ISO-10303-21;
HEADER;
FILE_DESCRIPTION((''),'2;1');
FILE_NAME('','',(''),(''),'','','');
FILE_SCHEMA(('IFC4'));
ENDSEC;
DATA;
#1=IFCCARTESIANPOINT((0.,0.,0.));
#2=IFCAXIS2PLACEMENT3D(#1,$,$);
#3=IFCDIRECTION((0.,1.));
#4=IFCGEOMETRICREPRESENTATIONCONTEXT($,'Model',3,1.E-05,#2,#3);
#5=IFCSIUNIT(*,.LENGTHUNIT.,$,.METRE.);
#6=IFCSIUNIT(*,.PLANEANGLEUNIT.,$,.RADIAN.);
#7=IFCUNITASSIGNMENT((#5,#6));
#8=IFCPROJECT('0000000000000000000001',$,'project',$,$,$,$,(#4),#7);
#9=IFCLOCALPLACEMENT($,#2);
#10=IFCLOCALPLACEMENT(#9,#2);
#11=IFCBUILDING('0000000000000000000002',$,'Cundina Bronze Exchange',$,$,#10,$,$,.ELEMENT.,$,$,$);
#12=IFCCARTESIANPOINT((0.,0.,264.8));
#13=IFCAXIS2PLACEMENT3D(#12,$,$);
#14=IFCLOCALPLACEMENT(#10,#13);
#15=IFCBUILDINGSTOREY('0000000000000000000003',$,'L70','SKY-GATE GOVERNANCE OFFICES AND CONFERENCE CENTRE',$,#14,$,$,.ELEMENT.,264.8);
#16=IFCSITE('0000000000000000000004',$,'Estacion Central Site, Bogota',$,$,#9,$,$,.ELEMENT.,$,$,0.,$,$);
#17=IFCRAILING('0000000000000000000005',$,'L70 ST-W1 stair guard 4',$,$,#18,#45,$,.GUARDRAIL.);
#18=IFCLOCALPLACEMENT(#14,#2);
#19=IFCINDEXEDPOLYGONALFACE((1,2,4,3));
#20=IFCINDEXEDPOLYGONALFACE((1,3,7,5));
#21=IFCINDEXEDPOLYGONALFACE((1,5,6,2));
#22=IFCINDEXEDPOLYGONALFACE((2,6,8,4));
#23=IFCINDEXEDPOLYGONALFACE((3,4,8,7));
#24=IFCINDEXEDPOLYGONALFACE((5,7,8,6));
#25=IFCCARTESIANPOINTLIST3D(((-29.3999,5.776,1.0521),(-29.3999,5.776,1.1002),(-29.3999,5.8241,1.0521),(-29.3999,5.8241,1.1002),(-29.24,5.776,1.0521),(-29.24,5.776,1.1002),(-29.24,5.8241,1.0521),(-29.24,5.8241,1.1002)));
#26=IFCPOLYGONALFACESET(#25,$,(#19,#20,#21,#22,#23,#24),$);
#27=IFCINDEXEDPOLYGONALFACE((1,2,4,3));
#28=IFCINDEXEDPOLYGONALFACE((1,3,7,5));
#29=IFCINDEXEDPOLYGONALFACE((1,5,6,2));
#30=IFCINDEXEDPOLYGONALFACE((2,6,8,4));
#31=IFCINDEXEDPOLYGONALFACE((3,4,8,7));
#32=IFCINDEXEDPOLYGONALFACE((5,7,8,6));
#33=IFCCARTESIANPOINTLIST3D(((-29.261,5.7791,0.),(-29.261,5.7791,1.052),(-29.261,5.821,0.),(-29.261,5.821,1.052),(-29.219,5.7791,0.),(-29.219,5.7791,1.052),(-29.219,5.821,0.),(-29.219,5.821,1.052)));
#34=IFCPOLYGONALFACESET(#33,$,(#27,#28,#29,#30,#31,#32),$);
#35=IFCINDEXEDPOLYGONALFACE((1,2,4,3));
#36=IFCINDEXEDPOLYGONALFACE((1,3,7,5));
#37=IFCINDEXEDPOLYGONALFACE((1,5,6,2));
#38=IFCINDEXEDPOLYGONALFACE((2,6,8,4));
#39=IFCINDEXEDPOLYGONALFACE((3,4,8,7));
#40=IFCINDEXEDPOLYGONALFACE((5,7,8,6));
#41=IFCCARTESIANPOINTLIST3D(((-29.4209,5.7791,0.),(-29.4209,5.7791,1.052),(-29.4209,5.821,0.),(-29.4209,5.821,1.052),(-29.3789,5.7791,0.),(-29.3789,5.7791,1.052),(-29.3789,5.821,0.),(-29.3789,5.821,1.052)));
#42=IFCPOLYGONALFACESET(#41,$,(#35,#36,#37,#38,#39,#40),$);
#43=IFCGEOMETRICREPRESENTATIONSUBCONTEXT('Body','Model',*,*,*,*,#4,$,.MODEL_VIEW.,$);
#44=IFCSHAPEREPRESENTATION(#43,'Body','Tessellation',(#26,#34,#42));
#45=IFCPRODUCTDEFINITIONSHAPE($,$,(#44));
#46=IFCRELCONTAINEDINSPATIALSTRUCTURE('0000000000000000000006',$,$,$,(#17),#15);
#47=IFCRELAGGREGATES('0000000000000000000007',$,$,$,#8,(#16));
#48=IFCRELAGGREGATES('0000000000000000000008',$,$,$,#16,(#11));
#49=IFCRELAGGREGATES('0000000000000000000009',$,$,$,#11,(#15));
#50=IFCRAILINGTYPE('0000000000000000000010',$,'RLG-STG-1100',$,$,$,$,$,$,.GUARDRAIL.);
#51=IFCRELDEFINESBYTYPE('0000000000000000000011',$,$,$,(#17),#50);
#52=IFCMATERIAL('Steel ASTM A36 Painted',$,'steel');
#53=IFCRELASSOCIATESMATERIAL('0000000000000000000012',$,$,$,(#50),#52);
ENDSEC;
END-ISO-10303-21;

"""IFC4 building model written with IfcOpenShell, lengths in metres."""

from ifc_helpers import new_model, si_unit, direction, frame, origin, origin_2d, place, context, subcontext, project, spatial, rectangle, extrude, material, type_object, element, save


model = new_model("IFC4")

# Units and contexts
model_context = context("Model", 3, precision=1e-05, world=origin(), true_north=direction((0.0, 1.0)))
body_context = subcontext(model_context, "Body", "Model", "MODEL_VIEW")
ifc_project = project(units=[si_unit("LENGTHUNIT", "METRE"), si_unit("PLANEANGLEUNIT", "RADIAN")], contexts=[model_context])

# Site, building, storey
site_placement = place(None, origin())
site = spatial("IfcSite", under=ifc_project, at=site_placement, Name="Estacion Central Site, Bogota", CompositionType="ELEMENT", RefElevation=0.0)
building_placement = place(site_placement, origin())
building = spatial("IfcBuilding", under=site, at=building_placement, Name="Cundina Bronze Exchange", CompositionType="ELEMENT")
storey_placement = place(building_placement, frame((0.0, 0.0, 264.8)))
storey = spatial("IfcBuildingStorey", under=building, at=storey_placement, Name="L70", Description="SKY-GATE GOVERNANCE OFFICES AND CONFERENCE CENTRE", CompositionType="ELEMENT", Elevation=264.8)

# Shared definitions
ifc_material_1 = material(Name="Steel ASTM A36 Painted", Category="steel")

# Railing
railing_type_1 = type_object("IfcRailingType", Name="RLG-STG-1100", PredefinedType="GUARDRAIL", material=ifc_material_1)
railing_1_placement = place(storey_placement, frame((-29.24, 5.8, 0.0)))
element("IfcRailing", 1, at=railing_1_placement, inside=storey, type_object=railing_type_1, Name="L70 ST-W1 stair guard 4", PredefinedType="GUARDRAIL", context=body_context, shape_type="SweptSolid", body=[
    extrude(rectangle(XDim=0.0481, YDim=0.0481, at=origin_2d()), frame((0.0, 0.0, 1.0762), z_axis=(-1.0, 0.0, 0.0), x_axis=(0.0, -1.0, 0.0)), (0.0, 0.0, 1.0), 0.1599),
    extrude(rectangle(XDim=0.042, YDim=0.042, at=origin_2d()), origin(), (0.0, 0.0, 1.0), 1.052),
    extrude(rectangle(XDim=0.042, YDim=0.042, at=origin_2d()), frame((-0.1599, 0.0, 0.0)), (0.0, 0.0, 1.0), 1.052),
])

save(model, "model.ifc")
